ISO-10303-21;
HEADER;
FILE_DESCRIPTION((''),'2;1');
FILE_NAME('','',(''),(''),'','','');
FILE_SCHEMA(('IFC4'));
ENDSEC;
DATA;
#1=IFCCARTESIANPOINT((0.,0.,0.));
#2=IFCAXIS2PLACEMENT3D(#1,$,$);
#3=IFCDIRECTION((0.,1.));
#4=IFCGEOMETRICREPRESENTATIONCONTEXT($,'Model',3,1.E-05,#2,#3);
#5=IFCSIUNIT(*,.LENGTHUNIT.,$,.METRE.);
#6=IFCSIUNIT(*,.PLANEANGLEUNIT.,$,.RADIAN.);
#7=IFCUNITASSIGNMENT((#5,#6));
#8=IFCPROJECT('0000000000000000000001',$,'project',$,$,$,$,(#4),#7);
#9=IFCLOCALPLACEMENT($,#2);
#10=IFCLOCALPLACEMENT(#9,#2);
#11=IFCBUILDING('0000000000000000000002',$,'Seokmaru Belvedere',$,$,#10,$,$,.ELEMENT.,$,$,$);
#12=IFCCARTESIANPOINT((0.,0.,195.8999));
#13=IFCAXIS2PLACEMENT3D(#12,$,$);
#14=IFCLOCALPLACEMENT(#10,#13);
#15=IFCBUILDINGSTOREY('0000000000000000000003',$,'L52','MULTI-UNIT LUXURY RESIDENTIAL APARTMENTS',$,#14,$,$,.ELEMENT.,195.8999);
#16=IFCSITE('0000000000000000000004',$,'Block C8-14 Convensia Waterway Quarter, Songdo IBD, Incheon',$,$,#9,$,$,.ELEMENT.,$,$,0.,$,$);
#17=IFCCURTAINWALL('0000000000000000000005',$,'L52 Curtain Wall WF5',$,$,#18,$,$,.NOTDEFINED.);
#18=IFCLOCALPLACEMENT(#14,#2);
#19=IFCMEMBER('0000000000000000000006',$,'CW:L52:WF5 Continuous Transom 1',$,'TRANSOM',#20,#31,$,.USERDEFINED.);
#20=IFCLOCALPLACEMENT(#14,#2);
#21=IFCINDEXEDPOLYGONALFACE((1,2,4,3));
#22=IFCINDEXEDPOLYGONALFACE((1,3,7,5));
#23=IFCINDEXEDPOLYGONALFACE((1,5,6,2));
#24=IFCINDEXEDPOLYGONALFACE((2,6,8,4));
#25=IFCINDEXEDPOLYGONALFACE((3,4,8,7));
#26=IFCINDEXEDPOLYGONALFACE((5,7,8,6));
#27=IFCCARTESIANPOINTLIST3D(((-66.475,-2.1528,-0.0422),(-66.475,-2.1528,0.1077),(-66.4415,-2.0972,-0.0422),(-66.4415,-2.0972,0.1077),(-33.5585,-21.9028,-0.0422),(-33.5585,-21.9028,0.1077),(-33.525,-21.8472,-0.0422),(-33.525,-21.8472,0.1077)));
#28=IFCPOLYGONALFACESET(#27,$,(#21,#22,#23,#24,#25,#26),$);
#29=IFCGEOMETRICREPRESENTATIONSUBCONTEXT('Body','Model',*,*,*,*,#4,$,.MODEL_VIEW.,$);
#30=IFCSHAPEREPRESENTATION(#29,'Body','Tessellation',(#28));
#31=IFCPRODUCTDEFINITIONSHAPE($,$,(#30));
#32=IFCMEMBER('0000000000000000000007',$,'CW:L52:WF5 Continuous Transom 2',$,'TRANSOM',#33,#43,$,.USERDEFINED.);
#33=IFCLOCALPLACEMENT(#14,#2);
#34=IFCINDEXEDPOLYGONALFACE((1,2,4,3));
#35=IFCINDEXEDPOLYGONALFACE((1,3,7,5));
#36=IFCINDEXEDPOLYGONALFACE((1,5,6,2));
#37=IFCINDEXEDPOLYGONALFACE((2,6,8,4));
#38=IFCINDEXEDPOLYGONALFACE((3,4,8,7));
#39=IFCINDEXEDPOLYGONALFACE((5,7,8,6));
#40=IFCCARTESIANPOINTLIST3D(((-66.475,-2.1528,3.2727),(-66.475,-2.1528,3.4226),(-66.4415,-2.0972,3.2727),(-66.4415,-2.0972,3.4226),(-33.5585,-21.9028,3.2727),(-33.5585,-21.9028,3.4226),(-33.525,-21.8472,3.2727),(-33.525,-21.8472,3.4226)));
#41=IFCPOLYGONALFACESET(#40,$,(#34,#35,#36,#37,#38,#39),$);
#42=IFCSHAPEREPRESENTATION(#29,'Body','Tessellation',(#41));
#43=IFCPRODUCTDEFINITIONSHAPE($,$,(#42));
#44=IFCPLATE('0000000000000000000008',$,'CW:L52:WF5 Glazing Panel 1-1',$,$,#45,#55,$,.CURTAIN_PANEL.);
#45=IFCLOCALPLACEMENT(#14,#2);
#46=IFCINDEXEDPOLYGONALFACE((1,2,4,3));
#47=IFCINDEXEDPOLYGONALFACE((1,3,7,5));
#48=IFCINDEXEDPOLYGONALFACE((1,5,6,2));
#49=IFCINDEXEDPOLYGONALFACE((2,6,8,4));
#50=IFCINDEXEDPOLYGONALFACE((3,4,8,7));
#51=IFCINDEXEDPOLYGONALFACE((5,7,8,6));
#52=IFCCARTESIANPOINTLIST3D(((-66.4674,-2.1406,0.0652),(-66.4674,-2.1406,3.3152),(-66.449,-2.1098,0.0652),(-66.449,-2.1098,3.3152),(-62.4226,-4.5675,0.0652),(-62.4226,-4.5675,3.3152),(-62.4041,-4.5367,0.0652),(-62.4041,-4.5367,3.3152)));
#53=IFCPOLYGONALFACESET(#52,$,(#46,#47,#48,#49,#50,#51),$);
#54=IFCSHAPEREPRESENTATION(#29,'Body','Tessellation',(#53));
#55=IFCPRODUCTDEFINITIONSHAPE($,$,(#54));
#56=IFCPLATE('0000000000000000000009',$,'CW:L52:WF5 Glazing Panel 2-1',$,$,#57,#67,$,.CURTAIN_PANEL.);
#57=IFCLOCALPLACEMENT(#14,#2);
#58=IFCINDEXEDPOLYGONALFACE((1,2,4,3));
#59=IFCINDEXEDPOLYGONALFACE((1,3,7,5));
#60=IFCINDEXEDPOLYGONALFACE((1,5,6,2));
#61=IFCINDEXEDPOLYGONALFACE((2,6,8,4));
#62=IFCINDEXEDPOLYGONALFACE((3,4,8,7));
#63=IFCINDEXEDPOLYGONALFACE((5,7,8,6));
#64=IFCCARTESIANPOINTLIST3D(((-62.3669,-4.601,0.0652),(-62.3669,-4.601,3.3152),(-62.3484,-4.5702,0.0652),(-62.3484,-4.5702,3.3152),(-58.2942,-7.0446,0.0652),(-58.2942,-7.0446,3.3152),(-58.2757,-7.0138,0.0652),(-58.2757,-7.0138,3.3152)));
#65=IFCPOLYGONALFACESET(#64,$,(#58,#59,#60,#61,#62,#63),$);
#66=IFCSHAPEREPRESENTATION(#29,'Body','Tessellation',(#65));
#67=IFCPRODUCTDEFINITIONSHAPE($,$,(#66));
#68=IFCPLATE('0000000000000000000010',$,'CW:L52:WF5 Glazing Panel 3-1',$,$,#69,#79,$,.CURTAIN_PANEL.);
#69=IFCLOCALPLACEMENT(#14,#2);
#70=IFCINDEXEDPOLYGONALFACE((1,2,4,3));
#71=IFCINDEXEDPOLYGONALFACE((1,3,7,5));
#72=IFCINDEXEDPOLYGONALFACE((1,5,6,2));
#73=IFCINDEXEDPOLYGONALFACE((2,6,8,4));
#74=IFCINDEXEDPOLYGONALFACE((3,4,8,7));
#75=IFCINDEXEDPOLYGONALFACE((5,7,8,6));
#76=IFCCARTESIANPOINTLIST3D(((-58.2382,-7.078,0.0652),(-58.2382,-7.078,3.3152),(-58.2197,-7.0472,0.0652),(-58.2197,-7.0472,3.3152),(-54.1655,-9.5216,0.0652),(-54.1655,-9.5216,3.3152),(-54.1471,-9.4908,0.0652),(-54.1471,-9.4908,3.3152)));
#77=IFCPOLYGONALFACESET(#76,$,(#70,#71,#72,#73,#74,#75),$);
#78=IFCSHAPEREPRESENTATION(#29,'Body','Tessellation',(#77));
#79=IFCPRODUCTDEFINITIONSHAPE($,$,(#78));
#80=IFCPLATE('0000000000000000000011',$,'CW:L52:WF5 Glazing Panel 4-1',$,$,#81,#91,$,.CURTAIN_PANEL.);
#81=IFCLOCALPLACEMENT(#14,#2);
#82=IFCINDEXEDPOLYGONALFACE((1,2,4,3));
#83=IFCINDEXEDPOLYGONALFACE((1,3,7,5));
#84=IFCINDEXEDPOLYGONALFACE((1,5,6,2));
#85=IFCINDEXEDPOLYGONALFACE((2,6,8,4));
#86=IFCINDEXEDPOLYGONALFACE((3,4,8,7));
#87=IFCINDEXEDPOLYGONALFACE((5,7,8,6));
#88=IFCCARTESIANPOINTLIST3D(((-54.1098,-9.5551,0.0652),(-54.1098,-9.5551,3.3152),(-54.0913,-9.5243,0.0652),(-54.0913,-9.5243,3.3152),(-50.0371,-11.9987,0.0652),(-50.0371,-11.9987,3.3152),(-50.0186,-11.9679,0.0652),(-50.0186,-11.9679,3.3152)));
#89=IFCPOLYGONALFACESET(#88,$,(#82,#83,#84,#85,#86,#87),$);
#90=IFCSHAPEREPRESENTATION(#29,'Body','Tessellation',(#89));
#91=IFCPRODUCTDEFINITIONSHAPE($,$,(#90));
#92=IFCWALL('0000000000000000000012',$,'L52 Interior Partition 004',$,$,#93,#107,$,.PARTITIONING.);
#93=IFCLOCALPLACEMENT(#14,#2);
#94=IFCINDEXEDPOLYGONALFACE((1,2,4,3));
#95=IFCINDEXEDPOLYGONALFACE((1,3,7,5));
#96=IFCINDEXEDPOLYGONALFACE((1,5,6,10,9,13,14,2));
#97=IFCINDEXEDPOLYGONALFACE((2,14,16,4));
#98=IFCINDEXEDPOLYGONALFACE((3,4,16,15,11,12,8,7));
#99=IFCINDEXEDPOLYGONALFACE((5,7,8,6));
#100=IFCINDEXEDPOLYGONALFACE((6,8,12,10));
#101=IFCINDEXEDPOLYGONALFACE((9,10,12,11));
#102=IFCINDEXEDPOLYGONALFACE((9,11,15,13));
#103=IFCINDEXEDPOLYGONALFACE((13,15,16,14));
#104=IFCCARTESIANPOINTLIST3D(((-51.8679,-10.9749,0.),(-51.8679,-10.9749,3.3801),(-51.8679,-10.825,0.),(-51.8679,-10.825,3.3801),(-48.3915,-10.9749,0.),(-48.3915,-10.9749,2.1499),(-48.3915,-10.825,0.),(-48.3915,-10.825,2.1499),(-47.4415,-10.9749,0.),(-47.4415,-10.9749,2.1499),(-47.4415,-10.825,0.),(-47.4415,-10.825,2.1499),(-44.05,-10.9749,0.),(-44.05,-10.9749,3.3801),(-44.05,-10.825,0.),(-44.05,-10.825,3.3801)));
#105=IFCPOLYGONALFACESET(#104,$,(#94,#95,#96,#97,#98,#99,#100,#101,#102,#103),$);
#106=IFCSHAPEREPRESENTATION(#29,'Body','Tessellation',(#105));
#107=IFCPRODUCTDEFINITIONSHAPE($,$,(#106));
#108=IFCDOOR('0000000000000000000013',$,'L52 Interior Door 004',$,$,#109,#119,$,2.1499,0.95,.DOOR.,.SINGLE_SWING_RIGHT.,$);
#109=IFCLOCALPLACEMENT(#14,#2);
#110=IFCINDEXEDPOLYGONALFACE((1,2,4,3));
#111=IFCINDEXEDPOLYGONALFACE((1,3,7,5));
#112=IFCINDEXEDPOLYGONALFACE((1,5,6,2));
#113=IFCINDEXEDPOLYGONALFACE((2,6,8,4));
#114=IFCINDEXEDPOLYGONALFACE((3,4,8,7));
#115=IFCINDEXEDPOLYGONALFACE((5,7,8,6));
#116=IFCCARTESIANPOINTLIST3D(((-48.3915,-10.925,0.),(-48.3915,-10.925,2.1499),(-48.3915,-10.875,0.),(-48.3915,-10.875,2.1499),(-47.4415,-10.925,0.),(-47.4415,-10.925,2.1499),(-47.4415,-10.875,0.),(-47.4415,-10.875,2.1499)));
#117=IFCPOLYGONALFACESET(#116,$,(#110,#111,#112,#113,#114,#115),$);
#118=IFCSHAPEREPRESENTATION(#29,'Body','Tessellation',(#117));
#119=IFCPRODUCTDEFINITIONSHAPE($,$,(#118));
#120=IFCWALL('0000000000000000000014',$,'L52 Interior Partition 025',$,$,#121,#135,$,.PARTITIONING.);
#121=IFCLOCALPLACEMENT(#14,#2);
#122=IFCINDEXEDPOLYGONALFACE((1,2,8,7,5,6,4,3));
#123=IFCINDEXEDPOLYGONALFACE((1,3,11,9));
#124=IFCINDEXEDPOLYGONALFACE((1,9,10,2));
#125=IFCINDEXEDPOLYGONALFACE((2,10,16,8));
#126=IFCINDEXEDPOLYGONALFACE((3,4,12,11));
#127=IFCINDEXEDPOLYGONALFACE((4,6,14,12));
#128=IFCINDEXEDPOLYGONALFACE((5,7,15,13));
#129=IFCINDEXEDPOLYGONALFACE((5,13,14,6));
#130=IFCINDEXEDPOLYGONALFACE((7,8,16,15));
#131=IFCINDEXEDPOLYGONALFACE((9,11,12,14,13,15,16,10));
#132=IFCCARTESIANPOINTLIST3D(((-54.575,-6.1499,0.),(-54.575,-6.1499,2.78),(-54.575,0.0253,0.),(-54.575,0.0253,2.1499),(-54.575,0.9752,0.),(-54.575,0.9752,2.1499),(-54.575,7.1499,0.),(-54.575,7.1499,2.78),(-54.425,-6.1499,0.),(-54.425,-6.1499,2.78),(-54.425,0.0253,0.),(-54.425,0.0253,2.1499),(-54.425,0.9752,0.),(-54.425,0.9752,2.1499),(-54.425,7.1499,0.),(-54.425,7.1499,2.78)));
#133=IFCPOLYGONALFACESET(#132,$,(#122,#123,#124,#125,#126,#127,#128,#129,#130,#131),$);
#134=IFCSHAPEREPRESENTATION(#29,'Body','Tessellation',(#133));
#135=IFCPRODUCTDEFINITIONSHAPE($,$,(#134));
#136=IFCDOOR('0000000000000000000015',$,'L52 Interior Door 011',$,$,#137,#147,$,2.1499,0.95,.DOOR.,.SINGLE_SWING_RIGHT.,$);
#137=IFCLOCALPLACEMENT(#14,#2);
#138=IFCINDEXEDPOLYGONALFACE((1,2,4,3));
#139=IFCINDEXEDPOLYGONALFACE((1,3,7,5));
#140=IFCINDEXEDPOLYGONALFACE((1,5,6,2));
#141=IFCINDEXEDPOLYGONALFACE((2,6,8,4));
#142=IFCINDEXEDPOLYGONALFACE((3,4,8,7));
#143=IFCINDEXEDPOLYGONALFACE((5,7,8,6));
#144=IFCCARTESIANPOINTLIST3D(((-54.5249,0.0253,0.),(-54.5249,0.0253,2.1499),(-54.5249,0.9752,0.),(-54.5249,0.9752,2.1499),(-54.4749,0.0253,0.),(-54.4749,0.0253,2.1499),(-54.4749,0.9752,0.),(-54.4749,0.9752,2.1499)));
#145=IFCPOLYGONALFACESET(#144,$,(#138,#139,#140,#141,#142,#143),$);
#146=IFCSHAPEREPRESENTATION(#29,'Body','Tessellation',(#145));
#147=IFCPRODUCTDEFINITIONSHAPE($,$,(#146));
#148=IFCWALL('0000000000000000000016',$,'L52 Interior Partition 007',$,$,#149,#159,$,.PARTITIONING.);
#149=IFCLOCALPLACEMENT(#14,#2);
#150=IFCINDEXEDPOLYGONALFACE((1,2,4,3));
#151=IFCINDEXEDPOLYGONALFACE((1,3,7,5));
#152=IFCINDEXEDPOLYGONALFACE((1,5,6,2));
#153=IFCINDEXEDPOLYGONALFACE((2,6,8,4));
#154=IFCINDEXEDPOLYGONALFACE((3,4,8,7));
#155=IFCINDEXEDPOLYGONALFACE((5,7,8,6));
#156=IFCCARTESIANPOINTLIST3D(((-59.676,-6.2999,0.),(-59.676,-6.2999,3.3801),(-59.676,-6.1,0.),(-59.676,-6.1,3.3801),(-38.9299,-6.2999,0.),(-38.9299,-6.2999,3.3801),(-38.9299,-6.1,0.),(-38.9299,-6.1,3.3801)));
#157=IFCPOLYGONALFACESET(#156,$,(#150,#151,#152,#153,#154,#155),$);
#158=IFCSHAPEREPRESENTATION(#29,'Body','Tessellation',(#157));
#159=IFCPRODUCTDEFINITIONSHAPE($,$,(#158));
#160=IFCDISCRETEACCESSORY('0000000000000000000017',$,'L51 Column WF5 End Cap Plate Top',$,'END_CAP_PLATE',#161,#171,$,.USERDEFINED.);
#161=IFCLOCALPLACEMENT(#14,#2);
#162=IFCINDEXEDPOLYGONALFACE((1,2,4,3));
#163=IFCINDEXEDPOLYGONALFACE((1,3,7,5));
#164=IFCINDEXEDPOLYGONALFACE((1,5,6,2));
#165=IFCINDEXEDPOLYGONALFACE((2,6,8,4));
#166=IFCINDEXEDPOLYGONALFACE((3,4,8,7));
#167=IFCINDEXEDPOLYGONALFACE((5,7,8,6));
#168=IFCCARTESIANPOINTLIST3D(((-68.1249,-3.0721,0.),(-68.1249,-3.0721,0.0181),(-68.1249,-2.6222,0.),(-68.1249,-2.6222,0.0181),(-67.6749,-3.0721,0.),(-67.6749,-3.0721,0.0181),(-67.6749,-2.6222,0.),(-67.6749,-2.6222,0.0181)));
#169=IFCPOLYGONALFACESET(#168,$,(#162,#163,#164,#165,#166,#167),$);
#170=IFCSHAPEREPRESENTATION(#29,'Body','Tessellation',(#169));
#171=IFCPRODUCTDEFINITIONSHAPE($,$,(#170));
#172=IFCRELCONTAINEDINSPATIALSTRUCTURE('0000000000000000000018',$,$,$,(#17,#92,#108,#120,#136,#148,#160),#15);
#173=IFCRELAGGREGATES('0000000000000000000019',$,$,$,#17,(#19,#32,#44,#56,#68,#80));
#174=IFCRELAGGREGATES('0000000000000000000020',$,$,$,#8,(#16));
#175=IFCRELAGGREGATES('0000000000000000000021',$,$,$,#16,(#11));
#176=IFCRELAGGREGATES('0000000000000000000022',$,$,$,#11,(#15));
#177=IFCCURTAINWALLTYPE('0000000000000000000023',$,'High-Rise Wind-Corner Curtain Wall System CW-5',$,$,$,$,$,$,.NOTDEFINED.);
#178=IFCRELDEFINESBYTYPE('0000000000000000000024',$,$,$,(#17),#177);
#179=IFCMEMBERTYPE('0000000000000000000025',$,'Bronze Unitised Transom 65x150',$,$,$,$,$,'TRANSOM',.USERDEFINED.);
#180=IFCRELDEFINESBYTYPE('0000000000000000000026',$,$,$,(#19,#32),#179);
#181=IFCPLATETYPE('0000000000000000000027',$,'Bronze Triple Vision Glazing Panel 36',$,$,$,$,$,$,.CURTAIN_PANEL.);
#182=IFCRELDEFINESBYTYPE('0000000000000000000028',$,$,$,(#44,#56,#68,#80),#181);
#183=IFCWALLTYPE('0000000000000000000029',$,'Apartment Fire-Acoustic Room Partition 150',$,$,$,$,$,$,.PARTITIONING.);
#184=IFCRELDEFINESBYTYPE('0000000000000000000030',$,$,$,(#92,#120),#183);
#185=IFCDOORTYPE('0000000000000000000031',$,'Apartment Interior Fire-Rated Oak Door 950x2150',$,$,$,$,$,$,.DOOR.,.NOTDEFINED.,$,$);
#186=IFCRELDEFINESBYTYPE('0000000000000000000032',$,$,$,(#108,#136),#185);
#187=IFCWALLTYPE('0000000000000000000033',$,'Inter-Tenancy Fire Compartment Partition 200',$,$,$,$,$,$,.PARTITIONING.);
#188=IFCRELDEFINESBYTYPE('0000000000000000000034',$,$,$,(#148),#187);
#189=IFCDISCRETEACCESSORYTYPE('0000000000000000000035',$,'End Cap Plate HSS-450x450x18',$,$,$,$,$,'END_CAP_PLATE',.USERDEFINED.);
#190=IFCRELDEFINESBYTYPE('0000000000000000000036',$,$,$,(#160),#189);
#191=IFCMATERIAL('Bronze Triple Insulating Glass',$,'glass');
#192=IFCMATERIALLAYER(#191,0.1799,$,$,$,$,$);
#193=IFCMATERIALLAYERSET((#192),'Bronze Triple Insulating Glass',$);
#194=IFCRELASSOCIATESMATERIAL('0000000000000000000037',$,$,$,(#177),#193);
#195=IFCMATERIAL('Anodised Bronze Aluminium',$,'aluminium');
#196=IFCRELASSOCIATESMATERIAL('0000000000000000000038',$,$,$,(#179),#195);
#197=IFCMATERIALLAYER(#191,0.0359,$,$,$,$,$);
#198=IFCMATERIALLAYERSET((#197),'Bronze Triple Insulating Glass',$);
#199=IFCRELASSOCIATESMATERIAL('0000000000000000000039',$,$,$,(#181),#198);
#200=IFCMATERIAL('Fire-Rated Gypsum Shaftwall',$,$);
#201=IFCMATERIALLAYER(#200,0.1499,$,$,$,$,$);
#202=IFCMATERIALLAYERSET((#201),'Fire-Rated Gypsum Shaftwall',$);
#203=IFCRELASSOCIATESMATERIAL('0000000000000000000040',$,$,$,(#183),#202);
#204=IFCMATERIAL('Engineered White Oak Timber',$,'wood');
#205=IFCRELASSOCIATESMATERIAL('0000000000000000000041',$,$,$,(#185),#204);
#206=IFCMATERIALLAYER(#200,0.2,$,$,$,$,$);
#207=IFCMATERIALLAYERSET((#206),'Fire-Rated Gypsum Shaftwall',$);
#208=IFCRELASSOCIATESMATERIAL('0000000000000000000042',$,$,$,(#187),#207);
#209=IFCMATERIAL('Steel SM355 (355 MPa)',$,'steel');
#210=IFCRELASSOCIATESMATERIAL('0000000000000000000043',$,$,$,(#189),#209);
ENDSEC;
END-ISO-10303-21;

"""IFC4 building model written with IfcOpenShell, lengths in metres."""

from ifc_helpers import new_model, si_unit, direction, frame, frame_2d, origin, origin_2d, place, context, subcontext, project, spatial, rectangle, extrude, source, transform, mapped, material, layer, layer_set, material_profile, profile_set, type_object, type_shapes, element, fill, aggregate, save


model = new_model("IFC4")

# Units and contexts
model_context = context("Model", 3, precision=1e-05, world=origin(), true_north=direction((0.0, 1.0)))
body_context = subcontext(model_context, "Body", "Model", "MODEL_VIEW")
ifc_project = project(units=[si_unit("LENGTHUNIT", "METRE"), si_unit("PLANEANGLEUNIT", "RADIAN")], contexts=[model_context])

# Site, building, storey
site_placement = place(None, origin())
site = spatial("IfcSite", under=ifc_project, at=site_placement, Name="Block C8-14 Convensia Waterway Quarter, Songdo IBD, Incheon", CompositionType="ELEMENT", RefElevation=0.0)
building_placement = place(site_placement, origin())
building = spatial("IfcBuilding", under=site, at=building_placement, Name="Seokmaru Belvedere", CompositionType="ELEMENT")
storey_placement = place(building_placement, frame((0.0, 0.0, 195.8999)))
storey = spatial("IfcBuildingStorey", under=building, at=storey_placement, Name="L52", Description="MULTI-UNIT LUXURY RESIDENTIAL APARTMENTS", CompositionType="ELEMENT", Elevation=195.8999)

# Shared definitions
ifc_material_1 = material(Name="Steel SM355 (355 MPa)", Category="steel")

# Curtain wall, members, plates
ifc_material_2 = material(Name="Bronze Triple Insulating Glass", Category="glass")
ifc_layer_1 = layer(ifc_material_2, 0.1799)
ifc_layer_set_1 = layer_set([ifc_layer_1], Name="Bronze Triple Insulating Glass")
curtain_wall_type = type_object("IfcCurtainWallType", Name="High-Rise Wind-Corner Curtain Wall System CW-5", PredefinedType="NOTDEFINED", material=ifc_layer_set_1)
curtain_wall_placement = place(storey_placement, origin())
curtain_wall = element("IfcCurtainWall", 1, at=curtain_wall_placement, inside=storey, type_object=curtain_wall_type, Name="L52 Curtain Wall WF5", PredefinedType="NOTDEFINED")
ifc_material_3 = material(Name="Anodised Bronze Aluminium", Category="aluminium")
ifc_material_profile_1 = material_profile(ifc_material_3, rectangle(XDim=0.0649, YDim=0.1499, at=origin_2d()), Name="CW-T-65x150")
ifc_profile_set_1 = profile_set([ifc_material_profile_1], Name="Anodised Bronze Aluminium")
member_type_1 = type_object("IfcMemberType", Name="Bronze Unitised Transom 65x150", ElementType="TRANSOM", PredefinedType="USERDEFINED", material=ifc_profile_set_1)
shared_shape_1 = source(origin(), body_context, "Body", "SweptSolid", [
    extrude(rectangle(XDim=0.0649, YDim=0.1499, at=origin_2d()), origin(), (0.0, 0.0, 1.0), 38.387),
])
type_shapes(member_type_1, [shared_shape_1])
member_1_placement = place(storey_placement, frame((-66.4583, -2.125, 0.0327), z_axis=(0.857492, -0.514498, 0.0), x_axis=(0.514498, 0.857492, 0.0)))
member_1 = element("IfcMember", 2, at=member_1_placement, type_object=member_type_1, Name="CW:L52:WF5 Continuous Transom 1", ObjectType="TRANSOM", PredefinedType="USERDEFINED", context=body_context, shape_type="MappedRepresentation", body=[
    mapped(shared_shape_1, transform((0.0, 0.0, 0.0), scale=1.0)),
])
member_2_placement = place(storey_placement, frame((-66.4583, -2.125, 3.3477), z_axis=(0.857492, -0.514498, 0.0), x_axis=(0.514498, 0.857492, 0.0)))
member_2 = element("IfcMember", 3, at=member_2_placement, type_object=member_type_1, Name="CW:L52:WF5 Continuous Transom 2", ObjectType="TRANSOM", PredefinedType="USERDEFINED", context=body_context, shape_type="MappedRepresentation", body=[
    mapped(shared_shape_1, transform((0.0, 0.0, 0.0), scale=1.0)),
])
ifc_layer_2 = layer(ifc_material_2, 0.0359)
ifc_layer_set_2 = layer_set([ifc_layer_2], Name="Bronze Triple Insulating Glass")
plate_type = type_object("IfcPlateType", Name="Bronze Triple Vision Glazing Panel 36", PredefinedType="CURTAIN_PANEL", material=ifc_layer_set_2)
shared_shape_2 = source(origin(), body_context, "Body", "SweptSolid", [
    extrude(rectangle(XDim=4.717, YDim=0.0359, at=origin_2d()), origin(), (0.0, 0.0, 1.0), 3.25),
])
plate_1_placement = place(storey_placement, frame((-64.4358, -3.3386, 0.0652), z_axis=(0.0, 0.0, 1.0), x_axis=(0.857493, -0.514495, 0.0)))
plate_1 = element("IfcPlate", 4, at=plate_1_placement, type_object=plate_type, Name="CW:L52:WF5 Glazing Panel 1-1", PredefinedType="CURTAIN_PANEL", context=body_context, shape_type="MappedRepresentation", body=[
    mapped(shared_shape_2, transform((0.0, 0.0, 0.0), scale=1.0)),
])
shared_shape_3 = source(origin(), body_context, "Body", "SweptSolid", [
    extrude(rectangle(XDim=4.7495, YDim=0.0359, at=origin_2d()), origin(), (0.0, 0.0, 1.0), 3.25),
])
type_shapes(plate_type, [shared_shape_2, shared_shape_3])
plate_2_placement = place(storey_placement, frame((-60.3213, -5.8074, 0.0652), z_axis=(0.0, 0.0, 1.0), x_axis=(0.857493, -0.514495, 0.0)))
plate_2 = element("IfcPlate", 5, at=plate_2_placement, type_object=plate_type, Name="CW:L52:WF5 Glazing Panel 2-1", PredefinedType="CURTAIN_PANEL", context=body_context, shape_type="MappedRepresentation", body=[
    mapped(shared_shape_3, transform((0.0, 0.0, 0.0), scale=1.0)),
])
plate_3_placement = place(storey_placement, frame((-56.1926, -8.2844, 0.0652), z_axis=(0.0, 0.0, 1.0), x_axis=(0.857493, -0.514495, 0.0)))
plate_3 = element("IfcPlate", 6, at=plate_3_placement, type_object=plate_type, Name="CW:L52:WF5 Glazing Panel 3-1", PredefinedType="CURTAIN_PANEL", context=body_context, shape_type="MappedRepresentation", body=[
    mapped(shared_shape_3, transform((0.0, 0.0, 0.0), scale=1.0)),
])
plate_4_placement = place(storey_placement, frame((-52.0642, -10.7615, 0.0652), z_axis=(0.0, 0.0, 1.0), x_axis=(0.857493, -0.514495, 0.0)))
plate_4 = element("IfcPlate", 7, at=plate_4_placement, type_object=plate_type, Name="CW:L52:WF5 Glazing Panel 4-1", PredefinedType="CURTAIN_PANEL", context=body_context, shape_type="MappedRepresentation", body=[
    mapped(shared_shape_3, transform((0.0, 0.0, 0.0), scale=1.0)),
])
aggregate(curtain_wall, [member_1, member_2, plate_1, plate_2, plate_3, plate_4])

# Walls, openings, doors
ifc_material_4 = material(Name="Fire-Rated Gypsum Shaftwall")
ifc_layer_3 = layer(ifc_material_4, 0.1499)
ifc_layer_set_3 = layer_set([ifc_layer_3], Name="Fire-Rated Gypsum Shaftwall")
wall_type_1 = type_object("IfcWallType", Name="Apartment Fire-Acoustic Room Partition 150", PredefinedType="PARTITIONING", material=ifc_layer_set_3)
wall_1_placement = place(storey_placement, frame((-51.8679, -10.8999, 0.0), z_axis=(0.0, 0.0, 1.0), x_axis=(1.0, 0.0, 0.0)))
wall_1 = element("IfcWall", 8, at=wall_1_placement, inside=storey, type_object=wall_type_1, Name="L52 Interior Partition 004", PredefinedType="PARTITIONING", context=body_context, shape_type="SweptSolid", body=[
    extrude(rectangle(XDim=7.8179, YDim=0.1499, at=frame_2d((3.9089, 0.0))), origin(), (0.0, 0.0, 1.0), 3.3801),
])
opening_1_placement = place(wall_1_placement, frame((3.4763, 0.0, 0.0)))
opening_1 = element("IfcOpeningElement", 9, at=opening_1_placement, cuts=wall_1, PredefinedType="OPENING", context=body_context, shape_type="SweptSolid", body=[
    extrude(rectangle(XDim=0.95, YDim=2.1499, at=frame_2d((0.4751, 1.075))), frame((0.0, 0.085, 0.0), z_axis=(0.0, -1.0, 0.0), x_axis=(1.0, 0.0, 0.0)), (0.0, 0.0, 1.0), 0.1699),
])
ifc_material_5 = material(Name="Engineered White Oak Timber", Category="wood")
door_type = type_object("IfcDoorType", Name="Apartment Interior Fire-Rated Oak Door 950x2150", OperationType="NOTDEFINED", PredefinedType="DOOR", material=ifc_material_5)
shared_shape_4 = source(origin(), body_context, "Body", "SweptSolid", [
    extrude(rectangle(XDim=0.95, YDim=2.1499, at=frame_2d((0.4751, 1.075))), frame((0.0, 0.0249, 0.0), z_axis=(0.0, -1.0, 0.0), x_axis=(1.0, 0.0, 0.0)), (0.0, 0.0, 1.0), 0.05),
])
type_shapes(door_type, [shared_shape_4])
door_1_placement = place(opening_1_placement, origin())
door_1 = element("IfcDoor", 10, at=door_1_placement, inside=storey, type_object=door_type, Name="L52 Interior Door 004", OperationType="SINGLE_SWING_RIGHT", OverallHeight=2.1499, OverallWidth=0.95, PredefinedType="DOOR", context=body_context, shape_type="MappedRepresentation", body=[
    mapped(shared_shape_4, transform((0.0, 0.0, 0.0), scale=1.0)),
])
fill(opening_1, door_1)
wall_2_placement = place(storey_placement, frame((-54.5, -6.1499, 0.0), z_axis=(0.0, 0.0, 1.0), x_axis=(0.0, 1.0, 0.0)))
wall_2 = element("IfcWall", 11, at=wall_2_placement, inside=storey, type_object=wall_type_1, Name="L52 Interior Partition 025", PredefinedType="PARTITIONING", context=body_context, shape_type="SweptSolid", body=[
    extrude(rectangle(XDim=13.2998, YDim=0.1499, at=frame_2d((6.6499, 0.0))), origin(), (0.0, 0.0, 1.0), 2.78),
])
opening_2_placement = place(wall_2_placement, frame((6.175, 0.0, 0.0)))
opening_2 = element("IfcOpeningElement", 12, at=opening_2_placement, cuts=wall_2, PredefinedType="OPENING", context=body_context, shape_type="SweptSolid", body=[
    extrude(rectangle(XDim=0.95, YDim=2.1499, at=frame_2d((0.4751, 1.075))), frame((0.0, 0.085, 0.0), z_axis=(0.0, -1.0, 0.0), x_axis=(1.0, 0.0, 0.0)), (0.0, 0.0, 1.0), 0.1699),
])
door_2_placement = place(opening_2_placement, origin())
door_2 = element("IfcDoor", 13, at=door_2_placement, inside=storey, type_object=door_type, Name="L52 Interior Door 011", OperationType="SINGLE_SWING_RIGHT", OverallHeight=2.1499, OverallWidth=0.95, PredefinedType="DOOR", context=body_context, shape_type="MappedRepresentation", body=[
    mapped(shared_shape_4, transform((0.0, 0.0, 0.0), scale=1.0)),
])
fill(opening_2, door_2)

# Wall
ifc_layer_4 = layer(ifc_material_4, 0.2)
ifc_layer_set_4 = layer_set([ifc_layer_4], Name="Fire-Rated Gypsum Shaftwall")
wall_type_2 = type_object("IfcWallType", Name="Inter-Tenancy Fire Compartment Partition 200", PredefinedType="PARTITIONING", material=ifc_layer_set_4)
wall_3_placement = place(storey_placement, frame((-59.676, -6.2, 0.0), z_axis=(0.0, 0.0, 1.0), x_axis=(1.0, 0.0, 0.0)))
element("IfcWall", 14, at=wall_3_placement, inside=storey, type_object=wall_type_2, Name="L52 Interior Partition 007", PredefinedType="PARTITIONING", context=body_context, shape_type="SweptSolid", body=[
    extrude(rectangle(XDim=20.7461, YDim=0.2, at=frame_2d((10.373, 0.0))), origin(), (0.0, 0.0, 1.0), 3.3801),
])

# Discrete accessory
discrete_accessory_type = type_object("IfcDiscreteAccessoryType", Name="End Cap Plate HSS-450x450x18", ElementType="END_CAP_PLATE", PredefinedType="USERDEFINED", material=ifc_material_1)
shared_shape_5 = source(origin(), body_context, "Body", "SweptSolid", [
    extrude(rectangle(XDim=0.45, YDim=0.45, at=origin_2d()), origin(), (0.0, 0.0, 1.0), 0.0181),
])
type_shapes(discrete_accessory_type, [shared_shape_5])
for number, where, z_axis, x_axis, name in (
    (15, (-67.8999, -2.8472, 0.0), (0.0, 0.0, 1.0), (1.0, 0.0, 0.0), "L51 Column WF5 End Cap Plate Top"),
):
    element("IfcDiscreteAccessory", number, at=place(storey_placement, frame(where, z_axis=z_axis, x_axis=x_axis)), inside=storey, type_object=discrete_accessory_type, Name=name, ObjectType="END_CAP_PLATE", PredefinedType="USERDEFINED", context=body_context, shape_type="MappedRepresentation", body=[
        mapped(shared_shape_5, transform((0.0, 0.0, 0.0), scale=1.0)),
    ])

save(model, "model.ifc")
